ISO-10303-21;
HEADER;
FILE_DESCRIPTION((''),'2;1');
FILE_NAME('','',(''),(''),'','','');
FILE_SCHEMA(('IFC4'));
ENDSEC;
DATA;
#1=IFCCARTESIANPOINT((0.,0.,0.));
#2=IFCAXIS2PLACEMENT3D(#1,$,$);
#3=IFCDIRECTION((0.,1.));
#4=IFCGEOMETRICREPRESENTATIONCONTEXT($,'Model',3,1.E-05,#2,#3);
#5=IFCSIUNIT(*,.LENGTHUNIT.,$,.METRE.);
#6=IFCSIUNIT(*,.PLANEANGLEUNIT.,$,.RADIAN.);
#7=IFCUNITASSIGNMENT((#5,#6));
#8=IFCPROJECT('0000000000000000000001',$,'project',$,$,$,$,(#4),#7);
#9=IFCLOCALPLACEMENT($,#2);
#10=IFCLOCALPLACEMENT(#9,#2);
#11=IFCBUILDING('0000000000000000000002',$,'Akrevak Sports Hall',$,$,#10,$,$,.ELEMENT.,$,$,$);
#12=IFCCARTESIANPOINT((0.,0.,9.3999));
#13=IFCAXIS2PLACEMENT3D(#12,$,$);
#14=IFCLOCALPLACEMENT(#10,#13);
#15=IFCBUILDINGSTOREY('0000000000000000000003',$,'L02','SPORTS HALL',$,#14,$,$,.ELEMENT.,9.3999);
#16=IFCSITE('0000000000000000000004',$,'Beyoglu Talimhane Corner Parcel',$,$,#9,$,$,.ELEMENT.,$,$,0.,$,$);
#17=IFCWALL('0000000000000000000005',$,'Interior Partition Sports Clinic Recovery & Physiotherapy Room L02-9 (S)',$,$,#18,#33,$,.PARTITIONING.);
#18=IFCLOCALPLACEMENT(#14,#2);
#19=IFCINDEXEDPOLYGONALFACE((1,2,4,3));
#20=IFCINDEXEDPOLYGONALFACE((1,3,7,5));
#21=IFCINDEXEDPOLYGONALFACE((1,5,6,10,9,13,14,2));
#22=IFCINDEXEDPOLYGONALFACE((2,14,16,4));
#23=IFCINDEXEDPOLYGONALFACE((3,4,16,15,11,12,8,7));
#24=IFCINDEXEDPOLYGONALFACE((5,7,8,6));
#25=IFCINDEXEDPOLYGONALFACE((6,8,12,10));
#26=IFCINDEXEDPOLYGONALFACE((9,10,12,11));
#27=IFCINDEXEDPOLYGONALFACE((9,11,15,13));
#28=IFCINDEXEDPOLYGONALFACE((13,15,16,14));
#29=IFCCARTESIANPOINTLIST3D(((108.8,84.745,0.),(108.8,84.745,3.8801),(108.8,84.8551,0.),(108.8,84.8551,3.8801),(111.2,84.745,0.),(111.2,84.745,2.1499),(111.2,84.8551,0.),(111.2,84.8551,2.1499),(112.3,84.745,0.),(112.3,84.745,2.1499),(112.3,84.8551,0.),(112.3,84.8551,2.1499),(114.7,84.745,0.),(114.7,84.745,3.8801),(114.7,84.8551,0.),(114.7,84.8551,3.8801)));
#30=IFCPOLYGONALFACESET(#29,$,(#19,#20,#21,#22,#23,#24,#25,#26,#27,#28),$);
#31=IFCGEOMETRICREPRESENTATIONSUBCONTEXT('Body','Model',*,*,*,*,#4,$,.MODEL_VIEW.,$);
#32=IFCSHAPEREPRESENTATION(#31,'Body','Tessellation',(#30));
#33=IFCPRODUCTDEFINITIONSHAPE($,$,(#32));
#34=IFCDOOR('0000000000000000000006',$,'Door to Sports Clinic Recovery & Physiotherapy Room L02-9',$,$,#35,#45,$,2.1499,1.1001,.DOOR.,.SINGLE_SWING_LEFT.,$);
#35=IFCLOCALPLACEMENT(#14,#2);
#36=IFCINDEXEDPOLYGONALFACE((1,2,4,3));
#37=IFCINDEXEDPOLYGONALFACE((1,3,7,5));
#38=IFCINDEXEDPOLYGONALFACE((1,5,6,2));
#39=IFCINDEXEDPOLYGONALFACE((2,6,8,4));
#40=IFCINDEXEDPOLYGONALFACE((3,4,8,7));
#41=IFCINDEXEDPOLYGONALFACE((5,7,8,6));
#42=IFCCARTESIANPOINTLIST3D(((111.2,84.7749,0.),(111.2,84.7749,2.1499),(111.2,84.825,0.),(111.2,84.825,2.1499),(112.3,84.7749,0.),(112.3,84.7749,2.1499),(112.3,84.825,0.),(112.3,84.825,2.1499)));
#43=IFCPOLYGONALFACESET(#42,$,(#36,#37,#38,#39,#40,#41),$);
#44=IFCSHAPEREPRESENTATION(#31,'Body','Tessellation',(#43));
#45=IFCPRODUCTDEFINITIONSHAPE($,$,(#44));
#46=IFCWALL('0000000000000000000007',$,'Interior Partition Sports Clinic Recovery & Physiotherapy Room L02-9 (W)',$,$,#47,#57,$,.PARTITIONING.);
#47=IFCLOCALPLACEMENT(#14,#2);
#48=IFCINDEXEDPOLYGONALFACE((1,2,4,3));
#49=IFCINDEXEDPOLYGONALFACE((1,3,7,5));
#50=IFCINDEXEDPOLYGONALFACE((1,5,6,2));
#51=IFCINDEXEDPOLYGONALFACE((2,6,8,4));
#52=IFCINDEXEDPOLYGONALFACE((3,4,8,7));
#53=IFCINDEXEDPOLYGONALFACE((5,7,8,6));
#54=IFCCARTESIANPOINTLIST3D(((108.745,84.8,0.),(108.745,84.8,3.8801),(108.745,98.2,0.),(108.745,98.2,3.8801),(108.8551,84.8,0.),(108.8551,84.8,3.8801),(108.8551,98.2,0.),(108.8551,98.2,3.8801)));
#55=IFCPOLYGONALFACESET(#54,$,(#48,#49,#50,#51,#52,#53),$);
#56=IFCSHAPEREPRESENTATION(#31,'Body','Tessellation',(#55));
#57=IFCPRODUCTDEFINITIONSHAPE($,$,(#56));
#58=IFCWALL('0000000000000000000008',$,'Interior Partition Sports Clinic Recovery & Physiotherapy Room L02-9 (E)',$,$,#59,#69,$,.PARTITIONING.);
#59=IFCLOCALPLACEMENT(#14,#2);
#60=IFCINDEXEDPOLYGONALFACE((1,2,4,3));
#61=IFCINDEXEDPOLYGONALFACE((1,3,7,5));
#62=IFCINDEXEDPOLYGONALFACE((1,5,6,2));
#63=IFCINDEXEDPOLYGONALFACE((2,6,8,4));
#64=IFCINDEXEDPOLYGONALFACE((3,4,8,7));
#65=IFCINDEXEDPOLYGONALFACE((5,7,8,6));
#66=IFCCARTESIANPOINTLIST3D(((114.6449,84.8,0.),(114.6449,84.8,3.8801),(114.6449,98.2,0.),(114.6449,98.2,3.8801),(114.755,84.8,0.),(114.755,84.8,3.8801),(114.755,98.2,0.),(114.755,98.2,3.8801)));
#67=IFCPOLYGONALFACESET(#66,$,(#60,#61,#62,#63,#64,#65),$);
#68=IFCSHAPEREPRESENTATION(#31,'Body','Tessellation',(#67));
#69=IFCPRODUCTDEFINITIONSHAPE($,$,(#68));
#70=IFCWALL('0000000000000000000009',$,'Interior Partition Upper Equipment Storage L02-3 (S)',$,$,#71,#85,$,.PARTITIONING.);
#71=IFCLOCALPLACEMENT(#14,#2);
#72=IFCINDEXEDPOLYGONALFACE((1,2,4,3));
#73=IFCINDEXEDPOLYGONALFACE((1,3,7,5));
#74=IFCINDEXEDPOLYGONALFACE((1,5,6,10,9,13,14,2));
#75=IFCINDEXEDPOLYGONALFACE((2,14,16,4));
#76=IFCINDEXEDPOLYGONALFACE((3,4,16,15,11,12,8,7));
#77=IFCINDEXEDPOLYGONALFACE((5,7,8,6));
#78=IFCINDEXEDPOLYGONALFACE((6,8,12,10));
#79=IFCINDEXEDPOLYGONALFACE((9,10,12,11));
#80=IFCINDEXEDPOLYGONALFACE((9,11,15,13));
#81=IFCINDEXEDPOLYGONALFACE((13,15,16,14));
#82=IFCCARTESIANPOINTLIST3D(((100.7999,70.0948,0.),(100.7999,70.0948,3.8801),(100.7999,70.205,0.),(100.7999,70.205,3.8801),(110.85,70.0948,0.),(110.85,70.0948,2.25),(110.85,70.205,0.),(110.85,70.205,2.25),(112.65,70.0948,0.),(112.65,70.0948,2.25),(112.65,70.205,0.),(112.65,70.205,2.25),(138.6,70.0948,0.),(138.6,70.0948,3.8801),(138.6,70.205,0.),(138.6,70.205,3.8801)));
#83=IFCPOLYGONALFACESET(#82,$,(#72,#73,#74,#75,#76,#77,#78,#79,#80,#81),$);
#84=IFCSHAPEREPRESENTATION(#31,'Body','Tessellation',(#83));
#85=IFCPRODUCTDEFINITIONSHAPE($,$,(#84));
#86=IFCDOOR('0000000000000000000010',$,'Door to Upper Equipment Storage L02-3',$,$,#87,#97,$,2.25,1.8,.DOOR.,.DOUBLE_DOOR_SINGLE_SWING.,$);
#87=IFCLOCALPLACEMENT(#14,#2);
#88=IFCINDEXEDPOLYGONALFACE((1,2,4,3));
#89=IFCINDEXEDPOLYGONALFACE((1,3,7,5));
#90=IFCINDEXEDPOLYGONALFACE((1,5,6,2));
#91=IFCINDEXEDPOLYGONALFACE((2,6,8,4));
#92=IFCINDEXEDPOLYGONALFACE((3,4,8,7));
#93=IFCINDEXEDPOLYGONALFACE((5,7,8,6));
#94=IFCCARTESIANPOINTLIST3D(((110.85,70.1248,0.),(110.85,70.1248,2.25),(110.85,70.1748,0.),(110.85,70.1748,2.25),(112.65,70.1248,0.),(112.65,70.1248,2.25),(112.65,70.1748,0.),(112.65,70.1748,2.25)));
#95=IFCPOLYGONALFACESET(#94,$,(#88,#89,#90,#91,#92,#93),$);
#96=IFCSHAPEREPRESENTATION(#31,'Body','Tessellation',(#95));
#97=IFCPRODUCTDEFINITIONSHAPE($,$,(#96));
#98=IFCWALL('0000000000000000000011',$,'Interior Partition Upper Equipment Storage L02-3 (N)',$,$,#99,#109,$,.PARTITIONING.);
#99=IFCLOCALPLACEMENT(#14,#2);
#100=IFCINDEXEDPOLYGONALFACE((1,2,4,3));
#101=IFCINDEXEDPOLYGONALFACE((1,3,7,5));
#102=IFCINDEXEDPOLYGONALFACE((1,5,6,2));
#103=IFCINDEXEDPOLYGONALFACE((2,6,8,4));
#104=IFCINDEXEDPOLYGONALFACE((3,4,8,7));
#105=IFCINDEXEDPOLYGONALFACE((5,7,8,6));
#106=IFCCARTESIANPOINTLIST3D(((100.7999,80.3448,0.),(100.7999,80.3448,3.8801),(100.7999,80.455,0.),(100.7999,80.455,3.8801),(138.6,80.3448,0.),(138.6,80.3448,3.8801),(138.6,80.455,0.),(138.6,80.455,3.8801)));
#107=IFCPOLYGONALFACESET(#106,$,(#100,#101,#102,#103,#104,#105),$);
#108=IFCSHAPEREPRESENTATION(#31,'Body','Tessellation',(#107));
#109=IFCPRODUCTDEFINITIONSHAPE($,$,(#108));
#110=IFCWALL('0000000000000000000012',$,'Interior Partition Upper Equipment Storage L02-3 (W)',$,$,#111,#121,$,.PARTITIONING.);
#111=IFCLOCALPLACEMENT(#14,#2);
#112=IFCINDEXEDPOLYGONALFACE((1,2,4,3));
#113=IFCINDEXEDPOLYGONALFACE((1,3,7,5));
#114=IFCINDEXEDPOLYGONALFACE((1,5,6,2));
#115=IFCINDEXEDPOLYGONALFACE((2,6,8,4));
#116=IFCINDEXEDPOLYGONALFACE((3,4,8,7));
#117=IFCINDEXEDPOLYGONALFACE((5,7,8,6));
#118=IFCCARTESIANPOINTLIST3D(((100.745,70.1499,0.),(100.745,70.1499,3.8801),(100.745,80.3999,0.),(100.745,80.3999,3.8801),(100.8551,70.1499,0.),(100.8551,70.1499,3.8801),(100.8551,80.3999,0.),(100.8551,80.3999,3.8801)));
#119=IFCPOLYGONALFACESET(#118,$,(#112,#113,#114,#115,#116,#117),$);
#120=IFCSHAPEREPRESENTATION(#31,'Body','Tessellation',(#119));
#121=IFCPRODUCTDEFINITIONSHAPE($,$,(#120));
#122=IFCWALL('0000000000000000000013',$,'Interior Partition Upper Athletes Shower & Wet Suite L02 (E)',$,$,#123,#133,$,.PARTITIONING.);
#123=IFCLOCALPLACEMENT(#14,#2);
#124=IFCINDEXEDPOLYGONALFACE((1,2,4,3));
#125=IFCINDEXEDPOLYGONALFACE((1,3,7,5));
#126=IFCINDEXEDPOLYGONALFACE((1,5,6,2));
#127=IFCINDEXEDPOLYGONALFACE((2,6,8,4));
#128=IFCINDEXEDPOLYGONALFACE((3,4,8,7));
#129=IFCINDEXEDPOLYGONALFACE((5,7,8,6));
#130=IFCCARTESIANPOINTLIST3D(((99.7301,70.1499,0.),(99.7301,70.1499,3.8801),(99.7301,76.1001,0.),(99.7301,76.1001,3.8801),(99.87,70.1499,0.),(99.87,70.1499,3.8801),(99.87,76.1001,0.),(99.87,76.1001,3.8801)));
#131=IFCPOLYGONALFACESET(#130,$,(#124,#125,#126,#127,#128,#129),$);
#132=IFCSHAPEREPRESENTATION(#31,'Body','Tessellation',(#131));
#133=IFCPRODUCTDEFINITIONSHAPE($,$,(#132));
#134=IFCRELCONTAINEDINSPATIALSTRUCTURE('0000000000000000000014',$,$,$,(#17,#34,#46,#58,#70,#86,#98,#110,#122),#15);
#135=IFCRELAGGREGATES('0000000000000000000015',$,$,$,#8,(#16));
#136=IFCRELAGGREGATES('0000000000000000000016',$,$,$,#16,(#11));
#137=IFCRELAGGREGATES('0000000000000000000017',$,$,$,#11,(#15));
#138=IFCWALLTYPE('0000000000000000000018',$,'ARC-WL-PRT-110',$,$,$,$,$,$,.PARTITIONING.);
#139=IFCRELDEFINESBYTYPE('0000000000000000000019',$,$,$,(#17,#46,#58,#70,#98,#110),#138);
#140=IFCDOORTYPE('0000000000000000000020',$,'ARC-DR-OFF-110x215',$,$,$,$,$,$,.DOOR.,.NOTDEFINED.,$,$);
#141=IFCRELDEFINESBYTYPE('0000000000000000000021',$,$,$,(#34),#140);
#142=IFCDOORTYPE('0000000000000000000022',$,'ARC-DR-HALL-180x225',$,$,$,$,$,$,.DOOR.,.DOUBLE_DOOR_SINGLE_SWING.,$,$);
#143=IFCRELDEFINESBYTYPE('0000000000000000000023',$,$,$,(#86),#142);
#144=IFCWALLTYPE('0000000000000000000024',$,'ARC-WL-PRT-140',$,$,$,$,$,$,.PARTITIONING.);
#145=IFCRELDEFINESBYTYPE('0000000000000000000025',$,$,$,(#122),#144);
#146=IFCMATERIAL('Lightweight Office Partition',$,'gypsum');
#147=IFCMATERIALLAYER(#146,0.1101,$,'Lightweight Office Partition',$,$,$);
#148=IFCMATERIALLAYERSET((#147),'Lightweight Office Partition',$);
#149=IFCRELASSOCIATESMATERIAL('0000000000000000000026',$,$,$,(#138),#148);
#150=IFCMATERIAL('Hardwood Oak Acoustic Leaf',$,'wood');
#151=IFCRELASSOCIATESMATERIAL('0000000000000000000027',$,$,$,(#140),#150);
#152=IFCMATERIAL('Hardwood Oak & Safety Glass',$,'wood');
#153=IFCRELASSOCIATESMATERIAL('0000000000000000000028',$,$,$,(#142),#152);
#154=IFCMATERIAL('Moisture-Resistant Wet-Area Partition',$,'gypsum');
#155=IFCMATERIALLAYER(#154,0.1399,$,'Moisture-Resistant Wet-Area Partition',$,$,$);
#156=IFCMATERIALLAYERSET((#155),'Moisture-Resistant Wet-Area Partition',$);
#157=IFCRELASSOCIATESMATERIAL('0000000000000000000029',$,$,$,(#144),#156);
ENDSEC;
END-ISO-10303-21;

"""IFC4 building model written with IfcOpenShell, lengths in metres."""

from ifc_helpers import new_model, si_unit, direction, frame, frame_2d, origin, place, context, subcontext, project, spatial, rectangle, extrude, material, layer, layer_set, type_object, element, fill, save


model = new_model("IFC4")

# Units and contexts
model_context = context("Model", 3, precision=1e-05, world=origin(), true_north=direction((0.0, 1.0)))
body_context = subcontext(model_context, "Body", "Model", "MODEL_VIEW")
ifc_project = project(units=[si_unit("LENGTHUNIT", "METRE"), si_unit("PLANEANGLEUNIT", "RADIAN")], contexts=[model_context])

# Site, building, storey
site_placement = place(None, origin())
site = spatial("IfcSite", under=ifc_project, at=site_placement, Name="Beyoglu Talimhane Corner Parcel", CompositionType="ELEMENT", RefElevation=0.0)
building_placement = place(site_placement, origin())
building = spatial("IfcBuilding", under=site, at=building_placement, Name="Akrevak Sports Hall", CompositionType="ELEMENT")
storey_placement = place(building_placement, frame((0.0, 0.0, 9.3999)))
storey = spatial("IfcBuildingStorey", under=building, at=storey_placement, Name="L02", Description="SPORTS HALL", CompositionType="ELEMENT", Elevation=9.3999)

# Wall, opening, door
ifc_material_1 = material(Name="Lightweight Office Partition", Category="gypsum")
ifc_layer_1 = layer(ifc_material_1, 0.1101, Name="Lightweight Office Partition")
ifc_layer_set_1 = layer_set([ifc_layer_1], Name="Lightweight Office Partition")
wall_type_1 = type_object("IfcWallType", Name="ARC-WL-PRT-110", PredefinedType="PARTITIONING", material=ifc_layer_set_1)
wall_1_placement = place(storey_placement, frame((108.8, 84.8, 0.0), z_axis=(0.0, 0.0, 1.0), x_axis=(1.0, 0.0, 0.0)))
wall_1 = element("IfcWall", 1, at=wall_1_placement, inside=storey, type_object=wall_type_1, Name="Interior Partition Sports Clinic Recovery & Physiotherapy Room L02-9 (S)", PredefinedType="PARTITIONING", context=body_context, shape_type="SweptSolid", body=[
    extrude(rectangle(XDim=5.8999, YDim=0.1101, at=frame_2d((2.95, 0.0))), origin(), (0.0, 0.0, 1.0), 3.8801),
])
opening_1_placement = place(wall_1_placement, frame((2.3999, 0.0, 0.0)))
opening_1 = element("IfcOpeningElement", 2, at=opening_1_placement, cuts=wall_1, PredefinedType="OPENING", context=body_context, shape_type="SweptSolid", body=[
    extrude(rectangle(XDim=1.1001, YDim=2.1499, at=frame_2d((0.55, 1.075))), frame((0.0, 0.0669, 0.0), z_axis=(0.0, -1.0, 0.0), x_axis=(1.0, 0.0, 0.0)), (0.0, 0.0, 1.0), 0.134),
])
ifc_material_2 = material(Name="Hardwood Oak Acoustic Leaf", Category="wood")
door_type_1 = type_object("IfcDoorType", Name="ARC-DR-OFF-110x215", OperationType="NOTDEFINED", PredefinedType="DOOR", material=ifc_material_2)
door_1_placement = place(opening_1_placement, origin())
door_1 = element("IfcDoor", 3, at=door_1_placement, inside=storey, type_object=door_type_1, Name="Door to Sports Clinic Recovery & Physiotherapy Room L02-9", OperationType="SINGLE_SWING_LEFT", OverallHeight=2.1499, OverallWidth=1.1001, PredefinedType="DOOR", context=body_context, shape_type="SweptSolid", body=[
    extrude(rectangle(XDim=1.1001, YDim=2.1499, at=frame_2d((0.55, 1.075))), frame((0.0, 0.0249, 0.0), z_axis=(0.0, -1.0, 0.0), x_axis=(1.0, 0.0, 0.0)), (0.0, 0.0, 1.0), 0.05),
])
fill(opening_1, door_1)

# Walls
for number, where, z_axis, x_axis, name in (
    (4, (108.8, 84.8, 0.0), (0.0, 0.0, 1.0), (0.0, 1.0, 0.0), "Interior Partition Sports Clinic Recovery & Physiotherapy Room L02-9 (W)"),
    (5, (114.7, 84.8, 0.0), (0.0, 0.0, 1.0), (0.0, 1.0, 0.0), "Interior Partition Sports Clinic Recovery & Physiotherapy Room L02-9 (E)"),
):
    element("IfcWall", number, at=place(storey_placement, frame(where, z_axis=z_axis, x_axis=x_axis)), inside=storey, type_object=wall_type_1, Name=name, PredefinedType="PARTITIONING", context=body_context, shape_type="SweptSolid", body=[
        extrude(rectangle(XDim=13.3999, YDim=0.1101, at=frame_2d((6.7, 0.0))), origin(), (0.0, 0.0, 1.0), 3.8801),
    ])

# Wall, opening, door
wall_2_placement = place(storey_placement, frame((100.8, 70.1499, 0.0), z_axis=(0.0, 0.0, 1.0), x_axis=(1.0, 0.0, 0.0)))
wall_2 = element("IfcWall", 6, at=wall_2_placement, inside=storey, type_object=wall_type_1, Name="Interior Partition Upper Equipment Storage L02-3 (S)", PredefinedType="PARTITIONING", context=body_context, shape_type="SweptSolid", body=[
    extrude(rectangle(XDim=37.8, YDim=0.1101, at=frame_2d((18.8999, 0.0))), origin(), (0.0, 0.0, 1.0), 3.8801),
])
opening_2_placement = place(wall_2_placement, frame((10.05, 0.0, 0.0)))
opening_2 = element("IfcOpeningElement", 7, at=opening_2_placement, cuts=wall_2, PredefinedType="OPENING", context=body_context, shape_type="SweptSolid", body=[
    extrude(rectangle(XDim=1.8, YDim=2.25, at=frame_2d((0.8999, 1.125))), frame((0.0, 0.0669, 0.0), z_axis=(0.0, -1.0, 0.0), x_axis=(1.0, 0.0, 0.0)), (0.0, 0.0, 1.0), 0.134),
])
ifc_material_3 = material(Name="Hardwood Oak & Safety Glass", Category="wood")
door_type_2 = type_object("IfcDoorType", Name="ARC-DR-HALL-180x225", OperationType="DOUBLE_DOOR_SINGLE_SWING", PredefinedType="DOOR", material=ifc_material_3)
door_2_placement = place(opening_2_placement, origin())
door_2 = element("IfcDoor", 8, at=door_2_placement, inside=storey, type_object=door_type_2, Name="Door to Upper Equipment Storage L02-3", OperationType="DOUBLE_DOOR_SINGLE_SWING", OverallHeight=2.25, OverallWidth=1.8, PredefinedType="DOOR", context=body_context, shape_type="SweptSolid", body=[
    extrude(rectangle(XDim=1.8, YDim=2.25, at=frame_2d((0.8999, 1.125))), frame((0.0, 0.0249, 0.0), z_axis=(0.0, -1.0, 0.0), x_axis=(1.0, 0.0, 0.0)), (0.0, 0.0, 1.0), 0.05),
])
fill(opening_2, door_2)

# Walls
wall_3_placement = place(storey_placement, frame((100.8, 80.3999, 0.0), z_axis=(0.0, 0.0, 1.0), x_axis=(1.0, 0.0, 0.0)))
element("IfcWall", 9, at=wall_3_placement, inside=storey, type_object=wall_type_1, Name="Interior Partition Upper Equipment Storage L02-3 (N)", PredefinedType="PARTITIONING", context=body_context, shape_type="SweptSolid", body=[
    extrude(rectangle(XDim=37.8, YDim=0.1101, at=frame_2d((18.8999, 0.0))), origin(), (0.0, 0.0, 1.0), 3.8801),
])
wall_4_placement = place(storey_placement, frame((100.8, 70.1499, 0.0), z_axis=(0.0, 0.0, 1.0), x_axis=(0.0, 1.0, 0.0)))
element("IfcWall", 10, at=wall_4_placement, inside=storey, type_object=wall_type_1, Name="Interior Partition Upper Equipment Storage L02-3 (W)", PredefinedType="PARTITIONING", context=body_context, shape_type="SweptSolid", body=[
    extrude(rectangle(XDim=10.25, YDim=0.1101, at=frame_2d((5.125, 0.0))), origin(), (0.0, 0.0, 1.0), 3.8801),
])
ifc_material_4 = material(Name="Moisture-Resistant Wet-Area Partition", Category="gypsum")
ifc_layer_2 = layer(ifc_material_4, 0.1399, Name="Moisture-Resistant Wet-Area Partition")
ifc_layer_set_2 = layer_set([ifc_layer_2], Name="Moisture-Resistant Wet-Area Partition")
wall_type_2 = type_object("IfcWallType", Name="ARC-WL-PRT-140", PredefinedType="PARTITIONING", material=ifc_layer_set_2)
wall_5_placement = place(storey_placement, frame((99.8, 70.1499, 0.0), z_axis=(0.0, 0.0, 1.0), x_axis=(0.0, 1.0, 0.0)))
element("IfcWall", 11, at=wall_5_placement, inside=storey, type_object=wall_type_2, Name="Interior Partition Upper Athletes Shower & Wet Suite L02 (E)", PredefinedType="PARTITIONING", context=body_context, shape_type="SweptSolid", body=[
    extrude(rectangle(XDim=5.9502, YDim=0.1399, at=frame_2d((2.9751, 0.0))), origin(), (0.0, 0.0, 1.0), 3.8801),
])

save(model, "model.ifc")
